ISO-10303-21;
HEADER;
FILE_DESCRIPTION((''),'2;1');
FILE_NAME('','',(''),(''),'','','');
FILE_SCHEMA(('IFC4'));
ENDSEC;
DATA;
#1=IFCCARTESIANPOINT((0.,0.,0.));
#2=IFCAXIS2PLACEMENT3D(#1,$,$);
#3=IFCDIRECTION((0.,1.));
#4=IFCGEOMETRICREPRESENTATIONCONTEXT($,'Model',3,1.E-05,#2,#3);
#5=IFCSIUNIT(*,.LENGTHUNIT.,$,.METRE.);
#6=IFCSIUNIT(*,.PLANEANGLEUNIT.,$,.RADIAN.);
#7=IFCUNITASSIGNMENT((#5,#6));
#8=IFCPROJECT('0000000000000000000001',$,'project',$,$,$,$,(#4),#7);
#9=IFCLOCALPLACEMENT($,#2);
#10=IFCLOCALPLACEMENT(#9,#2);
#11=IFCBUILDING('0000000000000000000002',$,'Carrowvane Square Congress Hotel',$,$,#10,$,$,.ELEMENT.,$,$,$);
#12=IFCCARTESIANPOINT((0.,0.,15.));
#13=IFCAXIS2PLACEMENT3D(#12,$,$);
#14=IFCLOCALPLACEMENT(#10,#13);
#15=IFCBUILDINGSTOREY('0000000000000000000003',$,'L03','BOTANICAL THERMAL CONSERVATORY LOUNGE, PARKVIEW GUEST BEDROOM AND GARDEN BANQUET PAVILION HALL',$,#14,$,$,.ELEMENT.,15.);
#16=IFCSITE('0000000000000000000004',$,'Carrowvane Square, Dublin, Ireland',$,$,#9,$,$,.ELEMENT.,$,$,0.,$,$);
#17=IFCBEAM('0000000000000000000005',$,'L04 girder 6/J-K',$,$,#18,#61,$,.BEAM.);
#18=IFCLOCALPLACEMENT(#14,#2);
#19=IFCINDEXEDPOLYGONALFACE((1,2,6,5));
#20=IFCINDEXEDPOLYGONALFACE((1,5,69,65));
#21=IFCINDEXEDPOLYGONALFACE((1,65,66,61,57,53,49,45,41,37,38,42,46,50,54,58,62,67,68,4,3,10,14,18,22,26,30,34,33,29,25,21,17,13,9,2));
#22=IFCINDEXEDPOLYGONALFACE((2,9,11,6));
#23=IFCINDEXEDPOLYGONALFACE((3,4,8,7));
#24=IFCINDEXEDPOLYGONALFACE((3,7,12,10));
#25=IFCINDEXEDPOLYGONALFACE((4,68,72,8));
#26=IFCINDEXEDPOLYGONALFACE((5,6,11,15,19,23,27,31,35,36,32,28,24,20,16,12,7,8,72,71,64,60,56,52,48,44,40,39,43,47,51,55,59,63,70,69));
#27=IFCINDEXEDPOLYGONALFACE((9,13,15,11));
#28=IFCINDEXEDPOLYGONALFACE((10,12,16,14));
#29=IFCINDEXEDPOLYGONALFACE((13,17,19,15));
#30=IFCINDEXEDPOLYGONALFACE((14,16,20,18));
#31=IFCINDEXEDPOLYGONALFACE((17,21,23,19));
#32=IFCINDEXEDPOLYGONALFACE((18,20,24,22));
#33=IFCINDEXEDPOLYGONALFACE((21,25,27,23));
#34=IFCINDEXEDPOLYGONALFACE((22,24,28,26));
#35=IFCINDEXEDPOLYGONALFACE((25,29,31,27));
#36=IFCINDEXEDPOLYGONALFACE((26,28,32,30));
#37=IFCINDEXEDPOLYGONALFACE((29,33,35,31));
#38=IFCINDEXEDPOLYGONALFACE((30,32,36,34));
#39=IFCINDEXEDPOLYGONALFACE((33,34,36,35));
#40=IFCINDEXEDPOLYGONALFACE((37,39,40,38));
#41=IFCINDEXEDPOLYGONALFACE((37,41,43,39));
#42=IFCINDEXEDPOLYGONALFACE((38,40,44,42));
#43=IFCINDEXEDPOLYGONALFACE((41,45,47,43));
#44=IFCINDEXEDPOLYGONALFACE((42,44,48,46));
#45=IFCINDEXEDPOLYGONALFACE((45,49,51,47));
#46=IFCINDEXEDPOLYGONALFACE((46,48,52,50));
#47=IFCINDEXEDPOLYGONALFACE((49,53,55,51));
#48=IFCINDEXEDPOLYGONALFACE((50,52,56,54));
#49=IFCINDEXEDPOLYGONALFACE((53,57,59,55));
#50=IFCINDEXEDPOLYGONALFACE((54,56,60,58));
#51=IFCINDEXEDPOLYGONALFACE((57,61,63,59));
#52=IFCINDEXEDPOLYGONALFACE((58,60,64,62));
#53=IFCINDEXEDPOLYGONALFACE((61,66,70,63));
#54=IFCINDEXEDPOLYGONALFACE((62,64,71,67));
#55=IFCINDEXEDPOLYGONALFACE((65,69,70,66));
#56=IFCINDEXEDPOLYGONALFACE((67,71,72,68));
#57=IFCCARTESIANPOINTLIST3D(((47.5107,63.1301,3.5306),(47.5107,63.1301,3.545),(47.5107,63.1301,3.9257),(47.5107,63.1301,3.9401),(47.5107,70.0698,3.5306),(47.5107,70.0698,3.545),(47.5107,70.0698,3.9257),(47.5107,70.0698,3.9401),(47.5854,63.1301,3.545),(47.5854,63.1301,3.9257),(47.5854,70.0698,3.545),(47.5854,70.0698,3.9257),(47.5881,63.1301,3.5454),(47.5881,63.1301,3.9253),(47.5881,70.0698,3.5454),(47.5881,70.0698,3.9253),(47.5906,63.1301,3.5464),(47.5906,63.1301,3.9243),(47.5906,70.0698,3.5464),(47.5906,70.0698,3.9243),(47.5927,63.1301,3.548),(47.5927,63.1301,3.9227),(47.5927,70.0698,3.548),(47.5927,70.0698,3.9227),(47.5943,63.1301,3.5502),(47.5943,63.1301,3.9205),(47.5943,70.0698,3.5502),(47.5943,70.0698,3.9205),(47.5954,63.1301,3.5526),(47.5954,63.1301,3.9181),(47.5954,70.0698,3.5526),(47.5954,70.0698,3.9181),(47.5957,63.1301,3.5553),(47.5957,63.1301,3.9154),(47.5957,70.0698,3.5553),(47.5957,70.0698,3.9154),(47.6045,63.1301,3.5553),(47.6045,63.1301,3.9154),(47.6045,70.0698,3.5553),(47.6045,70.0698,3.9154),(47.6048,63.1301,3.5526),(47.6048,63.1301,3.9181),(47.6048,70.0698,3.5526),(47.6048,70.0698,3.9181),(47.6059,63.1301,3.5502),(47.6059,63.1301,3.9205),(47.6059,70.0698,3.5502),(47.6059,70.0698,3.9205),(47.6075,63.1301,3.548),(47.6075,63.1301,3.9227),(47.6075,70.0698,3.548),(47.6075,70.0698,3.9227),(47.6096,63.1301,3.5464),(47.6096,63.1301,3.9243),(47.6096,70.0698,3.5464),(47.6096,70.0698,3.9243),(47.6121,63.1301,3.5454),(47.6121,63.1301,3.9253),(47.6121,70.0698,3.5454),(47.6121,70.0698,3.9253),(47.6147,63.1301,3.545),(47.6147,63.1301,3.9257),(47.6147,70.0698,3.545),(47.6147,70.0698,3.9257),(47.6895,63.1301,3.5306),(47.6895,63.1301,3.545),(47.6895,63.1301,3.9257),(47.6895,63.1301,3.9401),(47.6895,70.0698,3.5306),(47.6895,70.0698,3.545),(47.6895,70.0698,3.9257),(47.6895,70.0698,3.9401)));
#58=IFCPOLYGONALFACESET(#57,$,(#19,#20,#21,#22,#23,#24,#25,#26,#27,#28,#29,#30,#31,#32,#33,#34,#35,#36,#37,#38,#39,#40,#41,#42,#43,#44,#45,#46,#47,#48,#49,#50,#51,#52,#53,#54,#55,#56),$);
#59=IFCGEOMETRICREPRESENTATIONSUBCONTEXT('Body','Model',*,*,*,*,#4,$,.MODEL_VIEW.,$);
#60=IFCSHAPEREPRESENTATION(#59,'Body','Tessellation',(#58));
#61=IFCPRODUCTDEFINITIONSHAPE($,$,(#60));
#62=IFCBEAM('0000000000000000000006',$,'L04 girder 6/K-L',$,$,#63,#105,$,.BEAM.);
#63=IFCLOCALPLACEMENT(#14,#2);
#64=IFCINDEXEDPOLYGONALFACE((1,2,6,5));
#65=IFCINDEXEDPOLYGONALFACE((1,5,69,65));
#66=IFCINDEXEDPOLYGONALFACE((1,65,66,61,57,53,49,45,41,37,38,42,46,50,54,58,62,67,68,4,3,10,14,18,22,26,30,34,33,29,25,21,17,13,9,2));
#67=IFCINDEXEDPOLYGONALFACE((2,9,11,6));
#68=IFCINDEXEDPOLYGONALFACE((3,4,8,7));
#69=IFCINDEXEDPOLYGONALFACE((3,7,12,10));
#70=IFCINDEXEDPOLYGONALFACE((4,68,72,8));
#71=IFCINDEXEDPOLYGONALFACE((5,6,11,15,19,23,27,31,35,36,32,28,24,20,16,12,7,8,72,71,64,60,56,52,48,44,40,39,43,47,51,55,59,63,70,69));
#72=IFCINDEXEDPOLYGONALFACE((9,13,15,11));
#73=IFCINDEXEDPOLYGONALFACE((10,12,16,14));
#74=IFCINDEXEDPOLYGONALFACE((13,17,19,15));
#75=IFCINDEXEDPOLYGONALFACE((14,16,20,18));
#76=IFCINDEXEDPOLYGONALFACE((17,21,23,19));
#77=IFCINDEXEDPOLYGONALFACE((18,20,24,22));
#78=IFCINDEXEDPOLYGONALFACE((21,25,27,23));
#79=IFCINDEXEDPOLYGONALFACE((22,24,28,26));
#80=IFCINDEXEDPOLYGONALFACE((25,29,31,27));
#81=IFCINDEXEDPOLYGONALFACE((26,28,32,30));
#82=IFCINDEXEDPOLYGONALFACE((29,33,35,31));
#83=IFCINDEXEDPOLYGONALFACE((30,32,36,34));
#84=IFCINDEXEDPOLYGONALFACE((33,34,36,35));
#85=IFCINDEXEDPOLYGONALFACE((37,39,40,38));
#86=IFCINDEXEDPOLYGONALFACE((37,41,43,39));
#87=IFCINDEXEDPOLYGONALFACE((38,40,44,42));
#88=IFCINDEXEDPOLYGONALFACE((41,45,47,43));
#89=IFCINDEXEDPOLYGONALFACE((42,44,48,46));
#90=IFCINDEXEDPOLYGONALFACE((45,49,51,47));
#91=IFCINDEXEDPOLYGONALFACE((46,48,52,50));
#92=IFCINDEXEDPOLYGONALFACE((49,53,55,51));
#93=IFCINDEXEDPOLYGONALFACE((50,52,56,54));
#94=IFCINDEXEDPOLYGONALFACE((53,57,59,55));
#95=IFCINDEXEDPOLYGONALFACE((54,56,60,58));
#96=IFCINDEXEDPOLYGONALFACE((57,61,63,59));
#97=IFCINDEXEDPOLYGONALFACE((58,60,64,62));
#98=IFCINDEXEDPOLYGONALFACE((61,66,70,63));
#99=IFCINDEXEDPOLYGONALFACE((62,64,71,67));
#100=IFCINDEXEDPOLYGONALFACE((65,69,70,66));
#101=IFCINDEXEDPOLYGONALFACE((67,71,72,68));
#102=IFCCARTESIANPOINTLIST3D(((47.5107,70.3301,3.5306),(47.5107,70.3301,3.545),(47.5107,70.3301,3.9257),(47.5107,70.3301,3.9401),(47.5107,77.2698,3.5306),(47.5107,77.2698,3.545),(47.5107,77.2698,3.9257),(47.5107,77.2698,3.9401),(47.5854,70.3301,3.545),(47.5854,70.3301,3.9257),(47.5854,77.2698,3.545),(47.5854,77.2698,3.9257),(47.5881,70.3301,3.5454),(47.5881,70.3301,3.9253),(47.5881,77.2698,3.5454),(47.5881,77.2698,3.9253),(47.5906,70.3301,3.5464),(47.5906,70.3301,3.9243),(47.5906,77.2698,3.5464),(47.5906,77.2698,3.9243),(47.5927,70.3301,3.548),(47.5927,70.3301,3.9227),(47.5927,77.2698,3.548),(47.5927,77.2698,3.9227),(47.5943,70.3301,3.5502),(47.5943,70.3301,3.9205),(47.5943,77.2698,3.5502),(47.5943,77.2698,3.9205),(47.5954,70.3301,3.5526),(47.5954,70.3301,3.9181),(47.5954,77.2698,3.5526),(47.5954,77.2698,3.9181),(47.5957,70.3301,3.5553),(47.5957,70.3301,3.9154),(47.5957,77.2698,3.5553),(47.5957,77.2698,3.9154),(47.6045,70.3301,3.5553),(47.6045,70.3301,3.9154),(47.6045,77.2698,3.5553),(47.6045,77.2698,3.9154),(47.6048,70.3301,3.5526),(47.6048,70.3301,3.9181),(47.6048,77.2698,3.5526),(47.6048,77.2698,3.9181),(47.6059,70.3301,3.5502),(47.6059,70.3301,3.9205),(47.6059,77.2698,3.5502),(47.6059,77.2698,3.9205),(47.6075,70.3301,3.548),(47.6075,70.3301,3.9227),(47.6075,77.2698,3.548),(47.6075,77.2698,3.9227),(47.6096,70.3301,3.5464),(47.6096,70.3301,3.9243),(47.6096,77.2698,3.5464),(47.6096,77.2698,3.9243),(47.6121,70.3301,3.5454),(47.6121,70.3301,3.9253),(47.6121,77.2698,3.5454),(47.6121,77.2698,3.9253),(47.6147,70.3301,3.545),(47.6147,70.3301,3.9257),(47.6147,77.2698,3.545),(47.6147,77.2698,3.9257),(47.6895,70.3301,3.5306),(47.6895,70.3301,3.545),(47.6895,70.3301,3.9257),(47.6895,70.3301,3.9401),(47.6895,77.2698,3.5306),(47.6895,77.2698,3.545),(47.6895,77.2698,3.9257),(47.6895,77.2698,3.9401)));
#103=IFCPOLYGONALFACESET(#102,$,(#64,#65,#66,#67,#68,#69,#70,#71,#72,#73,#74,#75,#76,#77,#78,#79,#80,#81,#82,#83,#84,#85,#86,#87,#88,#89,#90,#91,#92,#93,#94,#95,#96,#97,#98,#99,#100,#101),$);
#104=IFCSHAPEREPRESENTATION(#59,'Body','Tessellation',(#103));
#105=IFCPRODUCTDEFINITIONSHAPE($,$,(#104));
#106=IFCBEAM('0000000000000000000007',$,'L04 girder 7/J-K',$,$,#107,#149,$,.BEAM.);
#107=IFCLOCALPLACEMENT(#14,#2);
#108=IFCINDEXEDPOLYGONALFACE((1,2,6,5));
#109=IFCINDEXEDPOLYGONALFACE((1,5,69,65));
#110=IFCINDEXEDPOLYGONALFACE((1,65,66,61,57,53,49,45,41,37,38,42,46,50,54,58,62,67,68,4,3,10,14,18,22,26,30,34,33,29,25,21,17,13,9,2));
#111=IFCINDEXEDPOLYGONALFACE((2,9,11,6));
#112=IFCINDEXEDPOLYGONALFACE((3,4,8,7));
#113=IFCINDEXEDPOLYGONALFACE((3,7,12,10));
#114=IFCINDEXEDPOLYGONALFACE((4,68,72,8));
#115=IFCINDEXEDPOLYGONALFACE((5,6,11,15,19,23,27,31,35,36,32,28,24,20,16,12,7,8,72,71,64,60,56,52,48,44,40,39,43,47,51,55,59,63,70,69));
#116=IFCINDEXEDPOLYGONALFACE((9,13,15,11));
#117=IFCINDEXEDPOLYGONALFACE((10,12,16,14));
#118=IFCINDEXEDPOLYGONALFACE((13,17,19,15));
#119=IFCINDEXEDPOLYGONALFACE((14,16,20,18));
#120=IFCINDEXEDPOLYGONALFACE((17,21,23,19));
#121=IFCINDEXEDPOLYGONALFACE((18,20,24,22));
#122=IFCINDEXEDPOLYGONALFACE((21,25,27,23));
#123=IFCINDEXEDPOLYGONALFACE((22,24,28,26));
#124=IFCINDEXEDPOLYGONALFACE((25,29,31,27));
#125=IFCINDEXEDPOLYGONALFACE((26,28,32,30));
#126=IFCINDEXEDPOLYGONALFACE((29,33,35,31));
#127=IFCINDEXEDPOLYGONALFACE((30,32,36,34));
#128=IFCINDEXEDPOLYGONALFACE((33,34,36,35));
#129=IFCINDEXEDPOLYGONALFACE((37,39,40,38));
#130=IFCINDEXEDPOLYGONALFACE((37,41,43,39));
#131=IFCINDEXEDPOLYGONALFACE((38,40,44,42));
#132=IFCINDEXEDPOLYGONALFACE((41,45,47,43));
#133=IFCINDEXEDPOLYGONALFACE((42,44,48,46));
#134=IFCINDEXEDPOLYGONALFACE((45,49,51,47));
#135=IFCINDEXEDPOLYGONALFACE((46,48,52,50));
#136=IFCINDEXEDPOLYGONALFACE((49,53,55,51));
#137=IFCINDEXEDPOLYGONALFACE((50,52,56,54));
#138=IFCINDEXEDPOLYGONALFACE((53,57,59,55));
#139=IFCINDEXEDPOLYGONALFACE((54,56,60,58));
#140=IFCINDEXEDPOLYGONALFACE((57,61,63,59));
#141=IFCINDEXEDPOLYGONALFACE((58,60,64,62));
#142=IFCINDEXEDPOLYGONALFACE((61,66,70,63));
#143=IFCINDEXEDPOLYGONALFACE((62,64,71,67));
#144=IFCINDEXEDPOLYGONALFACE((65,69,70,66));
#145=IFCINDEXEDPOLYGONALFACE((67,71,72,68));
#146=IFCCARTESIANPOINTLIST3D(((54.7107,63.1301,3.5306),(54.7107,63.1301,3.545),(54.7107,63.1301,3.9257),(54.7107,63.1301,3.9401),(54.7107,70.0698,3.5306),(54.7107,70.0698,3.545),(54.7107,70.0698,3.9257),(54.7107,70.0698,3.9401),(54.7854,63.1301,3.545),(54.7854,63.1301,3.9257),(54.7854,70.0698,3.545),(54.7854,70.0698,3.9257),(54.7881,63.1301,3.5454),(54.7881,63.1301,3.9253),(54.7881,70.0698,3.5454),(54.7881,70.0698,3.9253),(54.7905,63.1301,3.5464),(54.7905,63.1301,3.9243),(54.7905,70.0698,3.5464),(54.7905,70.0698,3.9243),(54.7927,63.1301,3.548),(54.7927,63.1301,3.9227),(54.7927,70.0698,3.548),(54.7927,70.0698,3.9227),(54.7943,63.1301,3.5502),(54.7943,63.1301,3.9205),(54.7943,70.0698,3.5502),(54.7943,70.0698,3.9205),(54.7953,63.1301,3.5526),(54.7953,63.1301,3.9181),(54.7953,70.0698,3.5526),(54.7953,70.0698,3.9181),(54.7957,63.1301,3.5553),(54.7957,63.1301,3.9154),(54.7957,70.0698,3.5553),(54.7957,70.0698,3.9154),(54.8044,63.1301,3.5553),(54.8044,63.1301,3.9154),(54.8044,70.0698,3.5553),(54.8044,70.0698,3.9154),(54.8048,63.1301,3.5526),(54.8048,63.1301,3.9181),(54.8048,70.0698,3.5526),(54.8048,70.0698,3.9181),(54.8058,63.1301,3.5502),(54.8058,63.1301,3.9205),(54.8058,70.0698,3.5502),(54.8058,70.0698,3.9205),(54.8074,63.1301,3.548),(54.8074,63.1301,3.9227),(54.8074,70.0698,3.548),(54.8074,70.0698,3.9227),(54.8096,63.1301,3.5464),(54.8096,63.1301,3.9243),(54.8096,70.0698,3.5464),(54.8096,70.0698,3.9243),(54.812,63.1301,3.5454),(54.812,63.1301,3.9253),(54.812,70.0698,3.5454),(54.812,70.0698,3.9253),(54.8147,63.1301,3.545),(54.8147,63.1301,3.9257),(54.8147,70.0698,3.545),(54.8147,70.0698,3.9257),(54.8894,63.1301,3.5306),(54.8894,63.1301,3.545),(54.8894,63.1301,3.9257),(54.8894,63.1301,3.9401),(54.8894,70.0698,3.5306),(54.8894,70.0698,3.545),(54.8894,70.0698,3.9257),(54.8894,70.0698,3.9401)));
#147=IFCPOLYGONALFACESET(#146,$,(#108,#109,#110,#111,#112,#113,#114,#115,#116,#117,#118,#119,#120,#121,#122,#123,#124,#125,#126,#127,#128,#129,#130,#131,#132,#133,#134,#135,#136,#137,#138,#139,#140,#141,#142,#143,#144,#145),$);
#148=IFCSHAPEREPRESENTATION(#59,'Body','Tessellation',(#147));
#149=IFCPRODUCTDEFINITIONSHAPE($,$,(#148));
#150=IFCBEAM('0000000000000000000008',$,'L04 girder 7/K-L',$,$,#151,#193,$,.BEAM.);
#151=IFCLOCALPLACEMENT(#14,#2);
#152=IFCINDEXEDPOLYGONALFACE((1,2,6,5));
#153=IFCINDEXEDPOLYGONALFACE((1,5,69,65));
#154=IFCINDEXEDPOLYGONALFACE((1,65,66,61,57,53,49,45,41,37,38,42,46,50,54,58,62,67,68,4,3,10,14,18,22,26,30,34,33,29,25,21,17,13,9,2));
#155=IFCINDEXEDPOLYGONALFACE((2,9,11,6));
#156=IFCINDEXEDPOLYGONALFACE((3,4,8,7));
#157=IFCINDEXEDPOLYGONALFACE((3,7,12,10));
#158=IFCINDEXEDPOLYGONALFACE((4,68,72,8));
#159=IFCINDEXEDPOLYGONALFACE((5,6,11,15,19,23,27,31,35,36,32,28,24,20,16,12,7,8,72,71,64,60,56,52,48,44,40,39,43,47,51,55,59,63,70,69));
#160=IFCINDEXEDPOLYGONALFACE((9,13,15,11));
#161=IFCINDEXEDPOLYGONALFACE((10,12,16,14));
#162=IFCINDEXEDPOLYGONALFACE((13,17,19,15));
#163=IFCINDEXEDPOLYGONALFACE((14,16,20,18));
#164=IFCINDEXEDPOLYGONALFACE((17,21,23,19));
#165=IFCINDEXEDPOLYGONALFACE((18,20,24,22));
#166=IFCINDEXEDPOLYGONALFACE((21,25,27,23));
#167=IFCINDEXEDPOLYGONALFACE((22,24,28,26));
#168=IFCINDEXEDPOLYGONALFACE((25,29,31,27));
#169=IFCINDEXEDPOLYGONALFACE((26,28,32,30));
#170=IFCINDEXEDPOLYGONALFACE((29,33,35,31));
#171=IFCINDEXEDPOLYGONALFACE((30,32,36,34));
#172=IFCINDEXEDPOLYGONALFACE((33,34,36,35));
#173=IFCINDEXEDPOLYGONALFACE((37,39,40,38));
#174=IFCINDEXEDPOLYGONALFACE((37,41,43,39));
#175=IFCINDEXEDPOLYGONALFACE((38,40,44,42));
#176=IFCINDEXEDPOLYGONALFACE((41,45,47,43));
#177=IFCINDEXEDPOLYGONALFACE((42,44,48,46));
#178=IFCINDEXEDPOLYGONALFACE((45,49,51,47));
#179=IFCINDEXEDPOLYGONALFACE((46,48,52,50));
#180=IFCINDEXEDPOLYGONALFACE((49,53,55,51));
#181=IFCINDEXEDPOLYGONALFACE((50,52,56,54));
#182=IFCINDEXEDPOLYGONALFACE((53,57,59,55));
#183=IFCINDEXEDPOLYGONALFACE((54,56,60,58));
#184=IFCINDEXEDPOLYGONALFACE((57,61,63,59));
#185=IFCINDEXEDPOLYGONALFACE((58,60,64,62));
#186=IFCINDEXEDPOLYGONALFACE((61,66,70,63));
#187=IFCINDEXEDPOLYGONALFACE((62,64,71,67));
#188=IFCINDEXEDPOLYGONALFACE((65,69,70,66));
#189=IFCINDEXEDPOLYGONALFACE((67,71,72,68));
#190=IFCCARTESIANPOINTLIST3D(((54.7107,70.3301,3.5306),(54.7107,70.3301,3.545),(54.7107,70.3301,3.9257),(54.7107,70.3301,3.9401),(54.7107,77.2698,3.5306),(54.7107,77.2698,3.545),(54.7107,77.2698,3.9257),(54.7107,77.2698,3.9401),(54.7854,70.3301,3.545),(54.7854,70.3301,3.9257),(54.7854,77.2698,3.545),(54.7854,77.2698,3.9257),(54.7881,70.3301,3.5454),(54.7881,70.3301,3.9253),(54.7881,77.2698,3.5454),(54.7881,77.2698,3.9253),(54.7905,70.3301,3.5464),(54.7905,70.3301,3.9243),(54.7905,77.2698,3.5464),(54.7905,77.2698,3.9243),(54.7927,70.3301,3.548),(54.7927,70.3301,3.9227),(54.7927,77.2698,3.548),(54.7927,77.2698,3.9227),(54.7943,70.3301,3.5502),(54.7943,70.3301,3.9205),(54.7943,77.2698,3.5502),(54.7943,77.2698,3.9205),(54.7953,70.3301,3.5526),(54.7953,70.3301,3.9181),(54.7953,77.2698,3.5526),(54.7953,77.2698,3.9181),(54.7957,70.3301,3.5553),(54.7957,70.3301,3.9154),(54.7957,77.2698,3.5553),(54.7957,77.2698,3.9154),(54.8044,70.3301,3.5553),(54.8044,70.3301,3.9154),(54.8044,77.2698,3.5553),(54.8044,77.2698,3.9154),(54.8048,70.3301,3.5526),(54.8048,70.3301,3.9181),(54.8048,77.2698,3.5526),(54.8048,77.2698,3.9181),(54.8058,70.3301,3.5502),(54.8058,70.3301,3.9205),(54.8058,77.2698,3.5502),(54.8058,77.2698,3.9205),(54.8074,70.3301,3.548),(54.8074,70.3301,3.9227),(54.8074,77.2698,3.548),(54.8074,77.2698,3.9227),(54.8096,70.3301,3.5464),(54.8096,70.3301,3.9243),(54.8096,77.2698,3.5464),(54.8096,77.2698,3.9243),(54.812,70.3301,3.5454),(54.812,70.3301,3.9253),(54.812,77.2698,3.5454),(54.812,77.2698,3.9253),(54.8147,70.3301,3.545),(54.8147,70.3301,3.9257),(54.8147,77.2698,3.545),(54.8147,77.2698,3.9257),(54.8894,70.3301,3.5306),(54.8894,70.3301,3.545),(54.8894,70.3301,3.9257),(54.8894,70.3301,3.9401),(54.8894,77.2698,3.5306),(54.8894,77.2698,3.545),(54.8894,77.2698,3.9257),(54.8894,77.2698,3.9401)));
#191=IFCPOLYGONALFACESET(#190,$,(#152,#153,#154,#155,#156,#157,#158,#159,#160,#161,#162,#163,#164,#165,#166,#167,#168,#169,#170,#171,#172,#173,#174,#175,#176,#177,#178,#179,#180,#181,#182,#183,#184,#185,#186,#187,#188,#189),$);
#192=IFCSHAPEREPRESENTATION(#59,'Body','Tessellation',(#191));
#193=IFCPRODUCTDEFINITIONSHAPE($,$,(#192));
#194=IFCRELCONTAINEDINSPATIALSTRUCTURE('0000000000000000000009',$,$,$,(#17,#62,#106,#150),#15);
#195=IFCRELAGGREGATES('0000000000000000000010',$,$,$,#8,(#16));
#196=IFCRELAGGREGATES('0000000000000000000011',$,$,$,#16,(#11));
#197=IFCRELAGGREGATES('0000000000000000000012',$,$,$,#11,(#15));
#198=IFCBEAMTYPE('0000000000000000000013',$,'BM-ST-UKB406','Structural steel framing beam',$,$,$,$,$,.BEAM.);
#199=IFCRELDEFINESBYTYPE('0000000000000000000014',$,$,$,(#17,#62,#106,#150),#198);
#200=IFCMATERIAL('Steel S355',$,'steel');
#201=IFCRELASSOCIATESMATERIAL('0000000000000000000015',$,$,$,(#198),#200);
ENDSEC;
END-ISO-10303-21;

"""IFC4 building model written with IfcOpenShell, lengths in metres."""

from ifc_helpers import new_model, si_unit, direction, frame, origin, origin_2d, place, context, subcontext, project, spatial, i_section, extrude, material, material_profile, profile_set, type_object, element, save


model = new_model("IFC4")

# Units and contexts
model_context = context("Model", 3, precision=1e-05, world=origin(), true_north=direction((0.0, 1.0)))
body_context = subcontext(model_context, "Body", "Model", "MODEL_VIEW")
ifc_project = project(units=[si_unit("LENGTHUNIT", "METRE"), si_unit("PLANEANGLEUNIT", "RADIAN")], contexts=[model_context])

# Site, building, storey
site_placement = place(None, origin())
site = spatial("IfcSite", under=ifc_project, at=site_placement, Name="Carrowvane Square, Dublin, Ireland", CompositionType="ELEMENT", RefElevation=0.0)
building_placement = place(site_placement, origin())
building = spatial("IfcBuilding", under=site, at=building_placement, Name="Carrowvane Square Congress Hotel", CompositionType="ELEMENT")
storey_placement = place(building_placement, frame((0.0, 0.0, 15.0)))
storey = spatial("IfcBuildingStorey", under=building, at=storey_placement, Name="L03", Description="BOTANICAL THERMAL CONSERVATORY LOUNGE, PARKVIEW GUEST BEDROOM AND GARDEN BANQUET PAVILION HALL", CompositionType="ELEMENT", Elevation=15.0)

# Beams
ifc_material_1 = material(Name="Steel S355", Category="steel")
ifc_material_profile_1 = material_profile(ifc_material_1, i_section(OverallWidth=0.1787, OverallDepth=0.4094, WebThickness=0.0088, FlangeThickness=0.0144, FilletRadius=0.0103, at=origin_2d()), Name="UKB 406x178x67")
ifc_profile_set_1 = profile_set([ifc_material_profile_1], Name="Steel S355")
beam_type_1 = type_object("IfcBeamType", Name="BM-ST-UKB406", Description="Structural steel framing beam", PredefinedType="BEAM", material=ifc_profile_set_1)
for number, where, z_axis, x_axis, name in (
    (1, (47.6001, 63.1301, 3.7354), (0.0, 1.0, 0.0), (-1.0, 0.0, 0.0), "L04 girder 6/J-K"),
    (2, (47.6001, 70.3301, 3.7354), (0.0, 1.0, 0.0), (-1.0, 0.0, 0.0), "L04 girder 6/K-L"),
    (3, (54.8, 63.1301, 3.7354), (0.0, 1.0, 0.0), (-1.0, 0.0, 0.0), "L04 girder 7/J-K"),
    (4, (54.8, 70.3301, 3.7354), (0.0, 1.0, 0.0), (-1.0, 0.0, 0.0), "L04 girder 7/K-L"),
):
    element("IfcBeam", number, at=place(storey_placement, frame(where, z_axis=z_axis, x_axis=x_axis)), inside=storey, type_object=beam_type_1, Name=name, PredefinedType="BEAM", context=body_context, shape_type="SweptSolid", body=[
        extrude(i_section(OverallWidth=0.1787, OverallDepth=0.4094, WebThickness=0.0088, FlangeThickness=0.0144, FilletRadius=0.0103, at=origin_2d()), origin(), (0.0, 0.0, 1.0), 6.9397),
    ])

save(model, "model.ifc")
